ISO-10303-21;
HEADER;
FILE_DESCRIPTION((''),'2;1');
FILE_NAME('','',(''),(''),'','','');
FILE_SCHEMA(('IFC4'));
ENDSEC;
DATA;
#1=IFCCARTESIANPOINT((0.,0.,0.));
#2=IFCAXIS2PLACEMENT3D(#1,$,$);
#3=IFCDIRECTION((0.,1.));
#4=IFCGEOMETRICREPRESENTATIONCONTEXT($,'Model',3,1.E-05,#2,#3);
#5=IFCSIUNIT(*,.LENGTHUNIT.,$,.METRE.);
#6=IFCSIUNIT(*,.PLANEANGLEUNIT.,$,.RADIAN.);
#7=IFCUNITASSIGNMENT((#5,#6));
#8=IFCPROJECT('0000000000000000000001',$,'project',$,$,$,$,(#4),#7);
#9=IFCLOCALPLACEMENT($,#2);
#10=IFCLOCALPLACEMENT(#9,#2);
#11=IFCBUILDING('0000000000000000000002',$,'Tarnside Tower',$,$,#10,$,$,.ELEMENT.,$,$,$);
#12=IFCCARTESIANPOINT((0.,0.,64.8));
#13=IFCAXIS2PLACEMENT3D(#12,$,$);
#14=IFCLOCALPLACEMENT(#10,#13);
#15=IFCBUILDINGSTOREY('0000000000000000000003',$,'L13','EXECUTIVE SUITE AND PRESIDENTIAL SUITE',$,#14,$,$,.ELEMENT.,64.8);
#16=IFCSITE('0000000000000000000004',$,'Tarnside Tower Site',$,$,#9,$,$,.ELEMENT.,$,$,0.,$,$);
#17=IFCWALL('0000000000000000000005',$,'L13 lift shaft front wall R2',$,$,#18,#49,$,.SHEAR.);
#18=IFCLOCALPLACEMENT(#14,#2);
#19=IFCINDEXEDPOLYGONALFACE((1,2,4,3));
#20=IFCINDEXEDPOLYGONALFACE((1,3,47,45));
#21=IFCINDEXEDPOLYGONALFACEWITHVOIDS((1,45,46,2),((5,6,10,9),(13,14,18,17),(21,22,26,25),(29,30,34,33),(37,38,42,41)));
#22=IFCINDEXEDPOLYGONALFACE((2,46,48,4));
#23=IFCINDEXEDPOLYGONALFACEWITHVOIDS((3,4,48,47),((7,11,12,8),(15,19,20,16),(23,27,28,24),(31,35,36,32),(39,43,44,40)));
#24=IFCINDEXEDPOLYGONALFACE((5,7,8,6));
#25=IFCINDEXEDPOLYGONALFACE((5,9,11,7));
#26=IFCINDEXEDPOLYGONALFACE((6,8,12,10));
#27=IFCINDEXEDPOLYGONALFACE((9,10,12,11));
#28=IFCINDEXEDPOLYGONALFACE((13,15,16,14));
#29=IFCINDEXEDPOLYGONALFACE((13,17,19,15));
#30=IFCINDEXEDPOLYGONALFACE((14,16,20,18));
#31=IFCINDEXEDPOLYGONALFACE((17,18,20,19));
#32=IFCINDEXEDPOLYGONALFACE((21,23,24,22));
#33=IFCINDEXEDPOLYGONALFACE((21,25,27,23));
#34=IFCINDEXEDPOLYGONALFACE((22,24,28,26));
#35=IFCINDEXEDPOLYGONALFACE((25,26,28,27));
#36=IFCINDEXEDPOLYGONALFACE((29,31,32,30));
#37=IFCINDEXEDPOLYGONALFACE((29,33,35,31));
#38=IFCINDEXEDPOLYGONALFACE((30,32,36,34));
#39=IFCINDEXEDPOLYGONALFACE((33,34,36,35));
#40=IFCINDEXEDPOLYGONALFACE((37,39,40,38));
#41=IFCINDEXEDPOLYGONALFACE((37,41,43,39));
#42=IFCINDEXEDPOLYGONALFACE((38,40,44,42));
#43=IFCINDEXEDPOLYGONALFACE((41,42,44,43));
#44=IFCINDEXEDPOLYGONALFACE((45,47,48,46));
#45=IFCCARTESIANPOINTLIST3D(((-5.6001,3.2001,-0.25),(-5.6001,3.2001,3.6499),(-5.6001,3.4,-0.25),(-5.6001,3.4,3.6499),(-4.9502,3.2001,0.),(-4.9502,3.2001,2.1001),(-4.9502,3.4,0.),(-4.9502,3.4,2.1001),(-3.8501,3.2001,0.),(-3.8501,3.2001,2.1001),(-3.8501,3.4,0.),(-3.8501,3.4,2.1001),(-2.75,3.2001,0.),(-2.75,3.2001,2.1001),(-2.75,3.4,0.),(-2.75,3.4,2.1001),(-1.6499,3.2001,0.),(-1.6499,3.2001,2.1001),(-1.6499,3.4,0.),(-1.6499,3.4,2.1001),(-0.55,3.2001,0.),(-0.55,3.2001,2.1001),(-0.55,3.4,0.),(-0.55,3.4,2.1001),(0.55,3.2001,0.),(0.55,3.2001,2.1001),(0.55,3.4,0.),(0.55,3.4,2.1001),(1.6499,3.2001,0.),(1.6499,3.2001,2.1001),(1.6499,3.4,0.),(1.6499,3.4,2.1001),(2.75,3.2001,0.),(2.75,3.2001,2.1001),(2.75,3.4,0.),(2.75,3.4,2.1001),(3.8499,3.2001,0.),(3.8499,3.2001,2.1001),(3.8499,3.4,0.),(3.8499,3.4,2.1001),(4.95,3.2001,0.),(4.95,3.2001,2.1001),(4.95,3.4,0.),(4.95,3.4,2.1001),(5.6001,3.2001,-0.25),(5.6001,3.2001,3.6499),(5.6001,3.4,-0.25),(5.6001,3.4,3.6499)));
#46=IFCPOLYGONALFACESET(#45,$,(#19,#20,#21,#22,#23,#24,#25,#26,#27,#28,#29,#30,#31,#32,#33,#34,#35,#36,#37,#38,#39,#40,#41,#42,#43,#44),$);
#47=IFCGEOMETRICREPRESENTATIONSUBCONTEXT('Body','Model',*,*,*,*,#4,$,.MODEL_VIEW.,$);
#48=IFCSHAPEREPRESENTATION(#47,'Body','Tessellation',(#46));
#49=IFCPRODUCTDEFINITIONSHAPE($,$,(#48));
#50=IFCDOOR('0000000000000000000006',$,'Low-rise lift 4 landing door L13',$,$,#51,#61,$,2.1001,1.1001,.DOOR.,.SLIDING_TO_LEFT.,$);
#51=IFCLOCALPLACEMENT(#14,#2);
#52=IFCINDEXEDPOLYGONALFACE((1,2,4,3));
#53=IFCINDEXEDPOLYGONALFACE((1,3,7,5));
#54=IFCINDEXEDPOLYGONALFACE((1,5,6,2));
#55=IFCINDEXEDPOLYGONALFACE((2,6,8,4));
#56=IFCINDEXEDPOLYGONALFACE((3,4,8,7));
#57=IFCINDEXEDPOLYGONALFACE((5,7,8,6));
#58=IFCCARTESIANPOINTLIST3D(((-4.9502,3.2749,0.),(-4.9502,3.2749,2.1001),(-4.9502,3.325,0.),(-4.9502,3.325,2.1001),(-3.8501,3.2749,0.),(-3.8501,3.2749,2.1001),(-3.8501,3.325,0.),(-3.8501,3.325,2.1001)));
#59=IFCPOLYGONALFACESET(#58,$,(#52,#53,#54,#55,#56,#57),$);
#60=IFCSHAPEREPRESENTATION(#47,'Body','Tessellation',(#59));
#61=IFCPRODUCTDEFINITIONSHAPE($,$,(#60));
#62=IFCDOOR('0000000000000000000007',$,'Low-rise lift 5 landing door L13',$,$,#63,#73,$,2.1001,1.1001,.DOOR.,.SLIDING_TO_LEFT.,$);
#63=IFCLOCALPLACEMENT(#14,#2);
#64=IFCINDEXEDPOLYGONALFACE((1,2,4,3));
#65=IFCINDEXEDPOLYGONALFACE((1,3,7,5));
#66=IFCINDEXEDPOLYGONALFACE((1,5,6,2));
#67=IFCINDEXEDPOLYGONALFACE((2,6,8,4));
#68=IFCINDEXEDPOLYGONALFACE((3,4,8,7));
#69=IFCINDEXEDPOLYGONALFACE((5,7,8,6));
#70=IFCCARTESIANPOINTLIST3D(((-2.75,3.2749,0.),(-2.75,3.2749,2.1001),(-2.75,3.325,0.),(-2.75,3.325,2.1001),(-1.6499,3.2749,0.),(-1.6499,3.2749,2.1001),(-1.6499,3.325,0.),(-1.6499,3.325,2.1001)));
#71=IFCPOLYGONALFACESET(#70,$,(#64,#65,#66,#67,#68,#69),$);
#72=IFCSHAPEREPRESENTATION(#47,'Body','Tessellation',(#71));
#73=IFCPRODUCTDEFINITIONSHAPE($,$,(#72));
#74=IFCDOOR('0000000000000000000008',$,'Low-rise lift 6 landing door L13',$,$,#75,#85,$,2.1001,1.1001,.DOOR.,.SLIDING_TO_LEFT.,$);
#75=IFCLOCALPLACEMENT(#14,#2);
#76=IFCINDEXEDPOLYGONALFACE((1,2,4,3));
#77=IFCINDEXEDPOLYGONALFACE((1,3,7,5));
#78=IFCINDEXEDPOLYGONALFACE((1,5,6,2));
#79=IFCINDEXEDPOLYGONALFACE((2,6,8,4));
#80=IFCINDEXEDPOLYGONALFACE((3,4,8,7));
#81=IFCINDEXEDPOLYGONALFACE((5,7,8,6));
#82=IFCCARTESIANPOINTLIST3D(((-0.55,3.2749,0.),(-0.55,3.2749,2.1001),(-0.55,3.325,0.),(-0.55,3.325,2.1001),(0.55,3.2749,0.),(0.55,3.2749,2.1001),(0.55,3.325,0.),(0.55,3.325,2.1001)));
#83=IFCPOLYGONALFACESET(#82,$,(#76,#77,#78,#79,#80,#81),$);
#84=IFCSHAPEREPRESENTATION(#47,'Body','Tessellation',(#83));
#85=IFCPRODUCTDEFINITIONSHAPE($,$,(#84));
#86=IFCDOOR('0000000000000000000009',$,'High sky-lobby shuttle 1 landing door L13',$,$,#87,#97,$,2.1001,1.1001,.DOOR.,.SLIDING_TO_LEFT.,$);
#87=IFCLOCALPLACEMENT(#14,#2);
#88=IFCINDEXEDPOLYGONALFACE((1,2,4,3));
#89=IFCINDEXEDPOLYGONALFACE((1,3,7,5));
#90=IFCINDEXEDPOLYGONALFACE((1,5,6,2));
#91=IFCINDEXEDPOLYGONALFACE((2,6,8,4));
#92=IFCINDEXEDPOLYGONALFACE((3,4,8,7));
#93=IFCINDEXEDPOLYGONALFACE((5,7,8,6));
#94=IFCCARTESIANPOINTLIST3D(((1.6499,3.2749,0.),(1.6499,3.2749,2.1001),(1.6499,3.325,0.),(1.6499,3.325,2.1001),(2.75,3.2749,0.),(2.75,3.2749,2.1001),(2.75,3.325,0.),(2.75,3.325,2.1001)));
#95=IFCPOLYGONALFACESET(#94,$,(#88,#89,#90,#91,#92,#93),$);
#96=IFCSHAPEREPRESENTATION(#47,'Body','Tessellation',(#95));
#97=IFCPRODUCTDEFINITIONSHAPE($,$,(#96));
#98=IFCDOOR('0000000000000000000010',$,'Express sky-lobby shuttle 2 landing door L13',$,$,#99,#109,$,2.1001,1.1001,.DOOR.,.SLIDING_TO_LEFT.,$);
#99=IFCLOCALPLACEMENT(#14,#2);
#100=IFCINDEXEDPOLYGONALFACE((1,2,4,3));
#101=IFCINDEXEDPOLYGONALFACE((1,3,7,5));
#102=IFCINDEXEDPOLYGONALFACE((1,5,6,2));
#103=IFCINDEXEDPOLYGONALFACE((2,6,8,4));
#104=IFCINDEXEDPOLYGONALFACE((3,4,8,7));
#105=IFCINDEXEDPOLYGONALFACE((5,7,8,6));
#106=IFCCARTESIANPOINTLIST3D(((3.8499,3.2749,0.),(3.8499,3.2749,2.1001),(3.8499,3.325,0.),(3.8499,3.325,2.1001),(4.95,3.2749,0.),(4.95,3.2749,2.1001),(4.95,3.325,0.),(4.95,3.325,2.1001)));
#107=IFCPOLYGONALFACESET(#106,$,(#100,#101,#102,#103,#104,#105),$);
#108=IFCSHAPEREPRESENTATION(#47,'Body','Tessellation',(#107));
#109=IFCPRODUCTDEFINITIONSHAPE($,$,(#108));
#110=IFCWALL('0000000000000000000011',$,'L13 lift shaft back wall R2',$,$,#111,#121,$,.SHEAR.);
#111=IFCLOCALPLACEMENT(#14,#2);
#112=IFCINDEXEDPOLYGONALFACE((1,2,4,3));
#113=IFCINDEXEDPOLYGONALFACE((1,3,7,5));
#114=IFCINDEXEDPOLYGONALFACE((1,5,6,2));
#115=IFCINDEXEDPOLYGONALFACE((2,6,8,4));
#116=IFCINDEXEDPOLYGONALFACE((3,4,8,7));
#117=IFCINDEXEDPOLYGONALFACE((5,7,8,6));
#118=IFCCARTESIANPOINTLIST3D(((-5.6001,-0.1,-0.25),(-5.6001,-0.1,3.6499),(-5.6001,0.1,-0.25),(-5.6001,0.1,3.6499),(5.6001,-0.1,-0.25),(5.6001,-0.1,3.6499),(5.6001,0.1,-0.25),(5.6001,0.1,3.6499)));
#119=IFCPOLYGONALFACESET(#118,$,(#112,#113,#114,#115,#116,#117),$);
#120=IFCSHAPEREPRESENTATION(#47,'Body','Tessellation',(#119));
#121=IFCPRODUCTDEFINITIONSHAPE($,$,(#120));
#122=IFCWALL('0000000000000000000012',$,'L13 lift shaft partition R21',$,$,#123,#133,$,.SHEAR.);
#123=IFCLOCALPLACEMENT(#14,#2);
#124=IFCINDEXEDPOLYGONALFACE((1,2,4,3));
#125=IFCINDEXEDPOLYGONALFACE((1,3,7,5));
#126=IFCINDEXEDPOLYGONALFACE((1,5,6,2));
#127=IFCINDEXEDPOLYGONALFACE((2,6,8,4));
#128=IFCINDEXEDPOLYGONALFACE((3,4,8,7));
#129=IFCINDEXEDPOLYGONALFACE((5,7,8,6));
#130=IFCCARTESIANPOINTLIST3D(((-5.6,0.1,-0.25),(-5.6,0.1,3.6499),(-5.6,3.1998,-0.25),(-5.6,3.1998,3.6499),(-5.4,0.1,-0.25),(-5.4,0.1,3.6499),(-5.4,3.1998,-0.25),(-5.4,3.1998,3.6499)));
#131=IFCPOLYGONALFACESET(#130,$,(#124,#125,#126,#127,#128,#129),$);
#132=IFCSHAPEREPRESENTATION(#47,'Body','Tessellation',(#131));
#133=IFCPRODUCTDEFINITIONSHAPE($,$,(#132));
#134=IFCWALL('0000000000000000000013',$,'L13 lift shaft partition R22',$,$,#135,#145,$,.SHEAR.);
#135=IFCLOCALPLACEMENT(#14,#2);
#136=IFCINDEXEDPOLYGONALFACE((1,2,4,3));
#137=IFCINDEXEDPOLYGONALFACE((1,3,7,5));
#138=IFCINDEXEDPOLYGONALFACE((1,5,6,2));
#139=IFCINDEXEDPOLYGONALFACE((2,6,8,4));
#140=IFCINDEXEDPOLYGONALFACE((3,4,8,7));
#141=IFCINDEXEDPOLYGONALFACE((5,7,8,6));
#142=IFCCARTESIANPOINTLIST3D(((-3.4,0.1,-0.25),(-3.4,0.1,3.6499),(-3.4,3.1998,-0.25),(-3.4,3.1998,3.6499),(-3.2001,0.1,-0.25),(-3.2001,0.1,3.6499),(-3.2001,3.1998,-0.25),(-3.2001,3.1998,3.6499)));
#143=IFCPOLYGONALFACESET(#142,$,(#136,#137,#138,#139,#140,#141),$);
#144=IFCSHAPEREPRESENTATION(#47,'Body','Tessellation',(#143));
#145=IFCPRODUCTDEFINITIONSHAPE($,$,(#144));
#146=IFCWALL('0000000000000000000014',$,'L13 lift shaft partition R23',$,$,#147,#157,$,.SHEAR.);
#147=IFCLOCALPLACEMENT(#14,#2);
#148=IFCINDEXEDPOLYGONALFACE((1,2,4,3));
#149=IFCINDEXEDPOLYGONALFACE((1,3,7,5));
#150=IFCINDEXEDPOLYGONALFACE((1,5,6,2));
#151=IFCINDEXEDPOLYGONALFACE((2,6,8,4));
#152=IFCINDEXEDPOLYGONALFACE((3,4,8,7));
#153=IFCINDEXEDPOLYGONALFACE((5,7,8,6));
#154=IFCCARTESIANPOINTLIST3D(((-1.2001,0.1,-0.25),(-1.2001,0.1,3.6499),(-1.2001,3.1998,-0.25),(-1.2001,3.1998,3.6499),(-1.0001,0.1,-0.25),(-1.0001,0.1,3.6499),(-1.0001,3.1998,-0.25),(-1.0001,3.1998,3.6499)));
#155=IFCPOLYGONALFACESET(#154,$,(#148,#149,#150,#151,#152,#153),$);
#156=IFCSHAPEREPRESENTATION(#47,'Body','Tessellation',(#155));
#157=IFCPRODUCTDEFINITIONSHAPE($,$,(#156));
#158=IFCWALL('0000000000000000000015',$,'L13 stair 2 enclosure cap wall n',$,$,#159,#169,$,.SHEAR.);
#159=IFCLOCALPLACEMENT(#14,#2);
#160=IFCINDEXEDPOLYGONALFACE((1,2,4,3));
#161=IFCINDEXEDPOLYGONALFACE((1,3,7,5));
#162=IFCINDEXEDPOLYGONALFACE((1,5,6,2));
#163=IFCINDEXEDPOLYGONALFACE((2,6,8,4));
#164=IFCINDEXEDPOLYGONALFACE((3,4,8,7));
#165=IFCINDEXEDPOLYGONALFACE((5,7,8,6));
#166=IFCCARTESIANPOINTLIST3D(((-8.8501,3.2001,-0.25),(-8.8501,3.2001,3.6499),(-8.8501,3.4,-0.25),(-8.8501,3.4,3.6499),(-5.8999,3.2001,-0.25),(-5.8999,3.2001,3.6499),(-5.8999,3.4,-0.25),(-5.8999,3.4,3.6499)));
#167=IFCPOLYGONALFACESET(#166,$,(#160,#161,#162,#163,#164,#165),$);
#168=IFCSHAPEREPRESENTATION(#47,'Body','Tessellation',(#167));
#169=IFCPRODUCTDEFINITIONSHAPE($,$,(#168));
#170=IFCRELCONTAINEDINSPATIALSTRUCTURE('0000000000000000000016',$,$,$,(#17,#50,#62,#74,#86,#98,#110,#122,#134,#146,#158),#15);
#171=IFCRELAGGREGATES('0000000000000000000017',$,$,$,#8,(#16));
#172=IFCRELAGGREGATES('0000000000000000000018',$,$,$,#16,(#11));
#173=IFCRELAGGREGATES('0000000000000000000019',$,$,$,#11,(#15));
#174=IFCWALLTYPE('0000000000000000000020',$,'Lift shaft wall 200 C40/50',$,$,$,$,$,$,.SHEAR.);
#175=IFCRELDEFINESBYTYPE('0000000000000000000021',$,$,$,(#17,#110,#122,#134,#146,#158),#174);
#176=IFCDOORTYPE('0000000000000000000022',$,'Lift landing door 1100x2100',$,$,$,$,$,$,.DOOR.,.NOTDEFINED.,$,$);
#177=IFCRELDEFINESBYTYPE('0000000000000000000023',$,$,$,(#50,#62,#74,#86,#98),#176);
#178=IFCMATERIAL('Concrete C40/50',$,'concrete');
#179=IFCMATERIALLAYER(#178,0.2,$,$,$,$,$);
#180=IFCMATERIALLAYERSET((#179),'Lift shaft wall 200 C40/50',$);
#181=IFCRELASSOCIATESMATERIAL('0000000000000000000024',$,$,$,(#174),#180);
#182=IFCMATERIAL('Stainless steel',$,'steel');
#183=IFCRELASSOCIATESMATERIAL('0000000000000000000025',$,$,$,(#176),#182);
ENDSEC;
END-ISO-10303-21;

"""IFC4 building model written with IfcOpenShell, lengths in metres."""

from ifc_helpers import new_model, si_unit, direction, frame, frame_2d, origin, place, context, subcontext, project, spatial, rectangle, extrude, material, layer, layer_set, type_object, element, fill, save


model = new_model("IFC4")

# Units and contexts
model_context = context("Model", 3, precision=1e-05, world=origin(), true_north=direction((0.0, 1.0)))
body_context = subcontext(model_context, "Body", "Model", "MODEL_VIEW")
ifc_project = project(units=[si_unit("LENGTHUNIT", "METRE"), si_unit("PLANEANGLEUNIT", "RADIAN")], contexts=[model_context])

# Site, building, storey
site_placement = place(None, origin())
site = spatial("IfcSite", under=ifc_project, at=site_placement, Name="Tarnside Tower Site", CompositionType="ELEMENT", RefElevation=0.0)
building_placement = place(site_placement, origin())
building = spatial("IfcBuilding", under=site, at=building_placement, Name="Tarnside Tower", CompositionType="ELEMENT")
storey_placement = place(building_placement, frame((0.0, 0.0, 64.8)))
storey = spatial("IfcBuildingStorey", under=building, at=storey_placement, Name="L13", Description="EXECUTIVE SUITE AND PRESIDENTIAL SUITE", CompositionType="ELEMENT", Elevation=64.8)

# Shared definitions
ifc_material_1 = material(Name="Concrete C40/50", Category="concrete")

# Shared definitions
ifc_layer_1 = layer(ifc_material_1, 0.2)
ifc_layer_set_1 = layer_set([ifc_layer_1], Name="Lift shaft wall 200 C40/50")
wall_type_1 = type_object("IfcWallType", Name="Lift shaft wall 200 C40/50", PredefinedType="SHEAR", material=ifc_layer_set_1)
ifc_material_2 = material(Name="Stainless steel", Category="steel")
door_type_1 = type_object("IfcDoorType", Name="Lift landing door 1100x2100", OperationType="NOTDEFINED", PredefinedType="DOOR", material=ifc_material_2)

# Wall, openings, doors
wall_1_placement = place(storey_placement, frame((-5.6001, 3.3, -0.25), z_axis=(0.0, 0.0, 1.0), x_axis=(1.0, 0.0, 0.0)))
wall_1 = element("IfcWall", 1, at=wall_1_placement, inside=storey, type_object=wall_type_1, Name="L13 lift shaft front wall R2", PredefinedType="SHEAR", context=body_context, shape_type="SweptSolid", body=[
    extrude(rectangle(XDim=11.2002, YDim=0.2, at=frame_2d((5.6001, 0.0))), origin(), (0.0, 0.0, 1.0), 3.8999),
])
opening_1_placement = place(wall_1_placement, frame((0.6499, 0.0, 0.25)))
opening_1 = element("IfcOpeningElement", 2, at=opening_1_placement, cuts=wall_1, PredefinedType="OPENING", context=body_context, shape_type="SweptSolid", body=[
    extrude(rectangle(XDim=1.1001, YDim=2.1001, at=frame_2d((0.55, 1.05))), frame((0.0, 0.1099, 0.0), z_axis=(0.0, -1.0, 0.0), x_axis=(1.0, 0.0, 0.0)), (0.0, 0.0, 1.0), 0.22),
])
opening_2_placement = place(wall_1_placement, frame((2.8501, 0.0, 0.25)))
opening_2 = element("IfcOpeningElement", 3, at=opening_2_placement, cuts=wall_1, PredefinedType="OPENING", context=body_context, shape_type="SweptSolid", body=[
    extrude(rectangle(XDim=1.1001, YDim=2.1001, at=frame_2d((0.55, 1.05))), frame((0.0, 0.1099, 0.0), z_axis=(0.0, -1.0, 0.0), x_axis=(1.0, 0.0, 0.0)), (0.0, 0.0, 1.0), 0.22),
])
opening_3_placement = place(wall_1_placement, frame((5.05, 0.0, 0.25)))
opening_3 = element("IfcOpeningElement", 4, at=opening_3_placement, cuts=wall_1, PredefinedType="OPENING", context=body_context, shape_type="SweptSolid", body=[
    extrude(rectangle(XDim=1.1001, YDim=2.1001, at=frame_2d((0.55, 1.05))), frame((0.0, 0.1099, 0.0), z_axis=(0.0, -1.0, 0.0), x_axis=(1.0, 0.0, 0.0)), (0.0, 0.0, 1.0), 0.22),
])
opening_4_placement = place(wall_1_placement, frame((7.25, 0.0, 0.25)))
opening_4 = element("IfcOpeningElement", 5, at=opening_4_placement, cuts=wall_1, PredefinedType="OPENING", context=body_context, shape_type="SweptSolid", body=[
    extrude(rectangle(XDim=1.1001, YDim=2.1001, at=frame_2d((0.55, 1.05))), frame((0.0, 0.1099, 0.0), z_axis=(0.0, -1.0, 0.0), x_axis=(1.0, 0.0, 0.0)), (0.0, 0.0, 1.0), 0.22),
])
opening_5_placement = place(wall_1_placement, frame((9.45, 0.0, 0.25)))
opening_5 = element("IfcOpeningElement", 6, at=opening_5_placement, cuts=wall_1, PredefinedType="OPENING", context=body_context, shape_type="SweptSolid", body=[
    extrude(rectangle(XDim=1.1001, YDim=2.1001, at=frame_2d((0.55, 1.05))), frame((0.0, 0.1099, 0.0), z_axis=(0.0, -1.0, 0.0), x_axis=(1.0, 0.0, 0.0)), (0.0, 0.0, 1.0), 0.22),
])
door_1_placement = place(opening_1_placement, origin())
door_1 = element("IfcDoor", 7, at=door_1_placement, inside=storey, type_object=door_type_1, Name="Low-rise lift 4 landing door L13", OperationType="SLIDING_TO_LEFT", OverallHeight=2.1001, OverallWidth=1.1001, PredefinedType="DOOR", context=body_context, shape_type="SweptSolid", body=[
    extrude(rectangle(XDim=1.1001, YDim=2.1001, at=frame_2d((0.55, 1.05))), frame((0.0, 0.0249, 0.0), z_axis=(0.0, -1.0, 0.0), x_axis=(1.0, 0.0, 0.0)), (0.0, 0.0, 1.0), 0.05),
])
fill(opening_1, door_1)
door_2_placement = place(opening_2_placement, origin())
door_2 = element("IfcDoor", 8, at=door_2_placement, inside=storey, type_object=door_type_1, Name="Low-rise lift 5 landing door L13", OperationType="SLIDING_TO_LEFT", OverallHeight=2.1001, OverallWidth=1.1001, PredefinedType="DOOR", context=body_context, shape_type="SweptSolid", body=[
    extrude(rectangle(XDim=1.1001, YDim=2.1001, at=frame_2d((0.55, 1.05))), frame((0.0, 0.0249, 0.0), z_axis=(0.0, -1.0, 0.0), x_axis=(1.0, 0.0, 0.0)), (0.0, 0.0, 1.0), 0.05),
])
fill(opening_2, door_2)
door_3_placement = place(opening_3_placement, origin())
door_3 = element("IfcDoor", 9, at=door_3_placement, inside=storey, type_object=door_type_1, Name="Low-rise lift 6 landing door L13", OperationType="SLIDING_TO_LEFT", OverallHeight=2.1001, OverallWidth=1.1001, PredefinedType="DOOR", context=body_context, shape_type="SweptSolid", body=[
    extrude(rectangle(XDim=1.1001, YDim=2.1001, at=frame_2d((0.55, 1.05))), frame((0.0, 0.0249, 0.0), z_axis=(0.0, -1.0, 0.0), x_axis=(1.0, 0.0, 0.0)), (0.0, 0.0, 1.0), 0.05),
])
fill(opening_3, door_3)
door_4_placement = place(opening_4_placement, origin())
door_4 = element("IfcDoor", 10, at=door_4_placement, inside=storey, type_object=door_type_1, Name="High sky-lobby shuttle 1 landing door L13", OperationType="SLIDING_TO_LEFT", OverallHeight=2.1001, OverallWidth=1.1001, PredefinedType="DOOR", context=body_context, shape_type="SweptSolid", body=[
    extrude(rectangle(XDim=1.1001, YDim=2.1001, at=frame_2d((0.55, 1.05))), frame((0.0, 0.0249, 0.0), z_axis=(0.0, -1.0, 0.0), x_axis=(1.0, 0.0, 0.0)), (0.0, 0.0, 1.0), 0.05),
])
fill(opening_4, door_4)
door_5_placement = place(opening_5_placement, origin())
door_5 = element("IfcDoor", 11, at=door_5_placement, inside=storey, type_object=door_type_1, Name="Express sky-lobby shuttle 2 landing door L13", OperationType="SLIDING_TO_LEFT", OverallHeight=2.1001, OverallWidth=1.1001, PredefinedType="DOOR", context=body_context, shape_type="SweptSolid", body=[
    extrude(rectangle(XDim=1.1001, YDim=2.1001, at=frame_2d((0.55, 1.05))), frame((0.0, 0.0249, 0.0), z_axis=(0.0, -1.0, 0.0), x_axis=(1.0, 0.0, 0.0)), (0.0, 0.0, 1.0), 0.05),
])
fill(opening_5, door_5)

# Walls
wall_2_placement = place(storey_placement, frame((-5.6001, 0.0, -0.25), z_axis=(0.0, 0.0, 1.0), x_axis=(1.0, 0.0, 0.0)))
element("IfcWall", 12, at=wall_2_placement, inside=storey, type_object=wall_type_1, Name="L13 lift shaft back wall R2", PredefinedType="SHEAR", context=body_context, shape_type="SweptSolid", body=[
    extrude(rectangle(XDim=11.2002, YDim=0.2, at=frame_2d((5.6001, 0.0))), origin(), (0.0, 0.0, 1.0), 3.8999),
])
for number, where, z_axis, x_axis, name in (
    (13, (-5.5, 0.1001, -0.25), (0.0, 0.0, 1.0), (0.0, 1.0, 0.0), "L13 lift shaft partition R21"),
    (14, (-3.3, 0.1001, -0.25), (0.0, 0.0, 1.0), (0.0, 1.0, 0.0), "L13 lift shaft partition R22"),
    (15, (-1.1001, 0.1001, -0.25), (0.0, 0.0, 1.0), (0.0, 1.0, 0.0), "L13 lift shaft partition R23"),
):
    element("IfcWall", number, at=place(storey_placement, frame(where, z_axis=z_axis, x_axis=x_axis)), inside=storey, type_object=wall_type_1, Name=name, PredefinedType="SHEAR", context=body_context, shape_type="SweptSolid", body=[
        extrude(rectangle(XDim=3.0999, YDim=0.2, at=frame_2d((1.5498, 0.0))), origin(), (0.0, 0.0, 1.0), 3.8999),
    ])
wall_3_placement = place(storey_placement, frame((-8.8501, 3.3, -0.25), z_axis=(0.0, 0.0, 1.0), x_axis=(1.0, 0.0, 0.0)))
element("IfcWall", 16, at=wall_3_placement, inside=storey, type_object=wall_type_1, Name="L13 stair 2 enclosure cap wall n", PredefinedType="SHEAR", context=body_context, shape_type="SweptSolid", body=[
    extrude(rectangle(XDim=2.9502, YDim=0.2, at=frame_2d((1.4751, 0.0))), origin(), (0.0, 0.0, 1.0), 3.8999),
])

save(model, "model.ifc")
